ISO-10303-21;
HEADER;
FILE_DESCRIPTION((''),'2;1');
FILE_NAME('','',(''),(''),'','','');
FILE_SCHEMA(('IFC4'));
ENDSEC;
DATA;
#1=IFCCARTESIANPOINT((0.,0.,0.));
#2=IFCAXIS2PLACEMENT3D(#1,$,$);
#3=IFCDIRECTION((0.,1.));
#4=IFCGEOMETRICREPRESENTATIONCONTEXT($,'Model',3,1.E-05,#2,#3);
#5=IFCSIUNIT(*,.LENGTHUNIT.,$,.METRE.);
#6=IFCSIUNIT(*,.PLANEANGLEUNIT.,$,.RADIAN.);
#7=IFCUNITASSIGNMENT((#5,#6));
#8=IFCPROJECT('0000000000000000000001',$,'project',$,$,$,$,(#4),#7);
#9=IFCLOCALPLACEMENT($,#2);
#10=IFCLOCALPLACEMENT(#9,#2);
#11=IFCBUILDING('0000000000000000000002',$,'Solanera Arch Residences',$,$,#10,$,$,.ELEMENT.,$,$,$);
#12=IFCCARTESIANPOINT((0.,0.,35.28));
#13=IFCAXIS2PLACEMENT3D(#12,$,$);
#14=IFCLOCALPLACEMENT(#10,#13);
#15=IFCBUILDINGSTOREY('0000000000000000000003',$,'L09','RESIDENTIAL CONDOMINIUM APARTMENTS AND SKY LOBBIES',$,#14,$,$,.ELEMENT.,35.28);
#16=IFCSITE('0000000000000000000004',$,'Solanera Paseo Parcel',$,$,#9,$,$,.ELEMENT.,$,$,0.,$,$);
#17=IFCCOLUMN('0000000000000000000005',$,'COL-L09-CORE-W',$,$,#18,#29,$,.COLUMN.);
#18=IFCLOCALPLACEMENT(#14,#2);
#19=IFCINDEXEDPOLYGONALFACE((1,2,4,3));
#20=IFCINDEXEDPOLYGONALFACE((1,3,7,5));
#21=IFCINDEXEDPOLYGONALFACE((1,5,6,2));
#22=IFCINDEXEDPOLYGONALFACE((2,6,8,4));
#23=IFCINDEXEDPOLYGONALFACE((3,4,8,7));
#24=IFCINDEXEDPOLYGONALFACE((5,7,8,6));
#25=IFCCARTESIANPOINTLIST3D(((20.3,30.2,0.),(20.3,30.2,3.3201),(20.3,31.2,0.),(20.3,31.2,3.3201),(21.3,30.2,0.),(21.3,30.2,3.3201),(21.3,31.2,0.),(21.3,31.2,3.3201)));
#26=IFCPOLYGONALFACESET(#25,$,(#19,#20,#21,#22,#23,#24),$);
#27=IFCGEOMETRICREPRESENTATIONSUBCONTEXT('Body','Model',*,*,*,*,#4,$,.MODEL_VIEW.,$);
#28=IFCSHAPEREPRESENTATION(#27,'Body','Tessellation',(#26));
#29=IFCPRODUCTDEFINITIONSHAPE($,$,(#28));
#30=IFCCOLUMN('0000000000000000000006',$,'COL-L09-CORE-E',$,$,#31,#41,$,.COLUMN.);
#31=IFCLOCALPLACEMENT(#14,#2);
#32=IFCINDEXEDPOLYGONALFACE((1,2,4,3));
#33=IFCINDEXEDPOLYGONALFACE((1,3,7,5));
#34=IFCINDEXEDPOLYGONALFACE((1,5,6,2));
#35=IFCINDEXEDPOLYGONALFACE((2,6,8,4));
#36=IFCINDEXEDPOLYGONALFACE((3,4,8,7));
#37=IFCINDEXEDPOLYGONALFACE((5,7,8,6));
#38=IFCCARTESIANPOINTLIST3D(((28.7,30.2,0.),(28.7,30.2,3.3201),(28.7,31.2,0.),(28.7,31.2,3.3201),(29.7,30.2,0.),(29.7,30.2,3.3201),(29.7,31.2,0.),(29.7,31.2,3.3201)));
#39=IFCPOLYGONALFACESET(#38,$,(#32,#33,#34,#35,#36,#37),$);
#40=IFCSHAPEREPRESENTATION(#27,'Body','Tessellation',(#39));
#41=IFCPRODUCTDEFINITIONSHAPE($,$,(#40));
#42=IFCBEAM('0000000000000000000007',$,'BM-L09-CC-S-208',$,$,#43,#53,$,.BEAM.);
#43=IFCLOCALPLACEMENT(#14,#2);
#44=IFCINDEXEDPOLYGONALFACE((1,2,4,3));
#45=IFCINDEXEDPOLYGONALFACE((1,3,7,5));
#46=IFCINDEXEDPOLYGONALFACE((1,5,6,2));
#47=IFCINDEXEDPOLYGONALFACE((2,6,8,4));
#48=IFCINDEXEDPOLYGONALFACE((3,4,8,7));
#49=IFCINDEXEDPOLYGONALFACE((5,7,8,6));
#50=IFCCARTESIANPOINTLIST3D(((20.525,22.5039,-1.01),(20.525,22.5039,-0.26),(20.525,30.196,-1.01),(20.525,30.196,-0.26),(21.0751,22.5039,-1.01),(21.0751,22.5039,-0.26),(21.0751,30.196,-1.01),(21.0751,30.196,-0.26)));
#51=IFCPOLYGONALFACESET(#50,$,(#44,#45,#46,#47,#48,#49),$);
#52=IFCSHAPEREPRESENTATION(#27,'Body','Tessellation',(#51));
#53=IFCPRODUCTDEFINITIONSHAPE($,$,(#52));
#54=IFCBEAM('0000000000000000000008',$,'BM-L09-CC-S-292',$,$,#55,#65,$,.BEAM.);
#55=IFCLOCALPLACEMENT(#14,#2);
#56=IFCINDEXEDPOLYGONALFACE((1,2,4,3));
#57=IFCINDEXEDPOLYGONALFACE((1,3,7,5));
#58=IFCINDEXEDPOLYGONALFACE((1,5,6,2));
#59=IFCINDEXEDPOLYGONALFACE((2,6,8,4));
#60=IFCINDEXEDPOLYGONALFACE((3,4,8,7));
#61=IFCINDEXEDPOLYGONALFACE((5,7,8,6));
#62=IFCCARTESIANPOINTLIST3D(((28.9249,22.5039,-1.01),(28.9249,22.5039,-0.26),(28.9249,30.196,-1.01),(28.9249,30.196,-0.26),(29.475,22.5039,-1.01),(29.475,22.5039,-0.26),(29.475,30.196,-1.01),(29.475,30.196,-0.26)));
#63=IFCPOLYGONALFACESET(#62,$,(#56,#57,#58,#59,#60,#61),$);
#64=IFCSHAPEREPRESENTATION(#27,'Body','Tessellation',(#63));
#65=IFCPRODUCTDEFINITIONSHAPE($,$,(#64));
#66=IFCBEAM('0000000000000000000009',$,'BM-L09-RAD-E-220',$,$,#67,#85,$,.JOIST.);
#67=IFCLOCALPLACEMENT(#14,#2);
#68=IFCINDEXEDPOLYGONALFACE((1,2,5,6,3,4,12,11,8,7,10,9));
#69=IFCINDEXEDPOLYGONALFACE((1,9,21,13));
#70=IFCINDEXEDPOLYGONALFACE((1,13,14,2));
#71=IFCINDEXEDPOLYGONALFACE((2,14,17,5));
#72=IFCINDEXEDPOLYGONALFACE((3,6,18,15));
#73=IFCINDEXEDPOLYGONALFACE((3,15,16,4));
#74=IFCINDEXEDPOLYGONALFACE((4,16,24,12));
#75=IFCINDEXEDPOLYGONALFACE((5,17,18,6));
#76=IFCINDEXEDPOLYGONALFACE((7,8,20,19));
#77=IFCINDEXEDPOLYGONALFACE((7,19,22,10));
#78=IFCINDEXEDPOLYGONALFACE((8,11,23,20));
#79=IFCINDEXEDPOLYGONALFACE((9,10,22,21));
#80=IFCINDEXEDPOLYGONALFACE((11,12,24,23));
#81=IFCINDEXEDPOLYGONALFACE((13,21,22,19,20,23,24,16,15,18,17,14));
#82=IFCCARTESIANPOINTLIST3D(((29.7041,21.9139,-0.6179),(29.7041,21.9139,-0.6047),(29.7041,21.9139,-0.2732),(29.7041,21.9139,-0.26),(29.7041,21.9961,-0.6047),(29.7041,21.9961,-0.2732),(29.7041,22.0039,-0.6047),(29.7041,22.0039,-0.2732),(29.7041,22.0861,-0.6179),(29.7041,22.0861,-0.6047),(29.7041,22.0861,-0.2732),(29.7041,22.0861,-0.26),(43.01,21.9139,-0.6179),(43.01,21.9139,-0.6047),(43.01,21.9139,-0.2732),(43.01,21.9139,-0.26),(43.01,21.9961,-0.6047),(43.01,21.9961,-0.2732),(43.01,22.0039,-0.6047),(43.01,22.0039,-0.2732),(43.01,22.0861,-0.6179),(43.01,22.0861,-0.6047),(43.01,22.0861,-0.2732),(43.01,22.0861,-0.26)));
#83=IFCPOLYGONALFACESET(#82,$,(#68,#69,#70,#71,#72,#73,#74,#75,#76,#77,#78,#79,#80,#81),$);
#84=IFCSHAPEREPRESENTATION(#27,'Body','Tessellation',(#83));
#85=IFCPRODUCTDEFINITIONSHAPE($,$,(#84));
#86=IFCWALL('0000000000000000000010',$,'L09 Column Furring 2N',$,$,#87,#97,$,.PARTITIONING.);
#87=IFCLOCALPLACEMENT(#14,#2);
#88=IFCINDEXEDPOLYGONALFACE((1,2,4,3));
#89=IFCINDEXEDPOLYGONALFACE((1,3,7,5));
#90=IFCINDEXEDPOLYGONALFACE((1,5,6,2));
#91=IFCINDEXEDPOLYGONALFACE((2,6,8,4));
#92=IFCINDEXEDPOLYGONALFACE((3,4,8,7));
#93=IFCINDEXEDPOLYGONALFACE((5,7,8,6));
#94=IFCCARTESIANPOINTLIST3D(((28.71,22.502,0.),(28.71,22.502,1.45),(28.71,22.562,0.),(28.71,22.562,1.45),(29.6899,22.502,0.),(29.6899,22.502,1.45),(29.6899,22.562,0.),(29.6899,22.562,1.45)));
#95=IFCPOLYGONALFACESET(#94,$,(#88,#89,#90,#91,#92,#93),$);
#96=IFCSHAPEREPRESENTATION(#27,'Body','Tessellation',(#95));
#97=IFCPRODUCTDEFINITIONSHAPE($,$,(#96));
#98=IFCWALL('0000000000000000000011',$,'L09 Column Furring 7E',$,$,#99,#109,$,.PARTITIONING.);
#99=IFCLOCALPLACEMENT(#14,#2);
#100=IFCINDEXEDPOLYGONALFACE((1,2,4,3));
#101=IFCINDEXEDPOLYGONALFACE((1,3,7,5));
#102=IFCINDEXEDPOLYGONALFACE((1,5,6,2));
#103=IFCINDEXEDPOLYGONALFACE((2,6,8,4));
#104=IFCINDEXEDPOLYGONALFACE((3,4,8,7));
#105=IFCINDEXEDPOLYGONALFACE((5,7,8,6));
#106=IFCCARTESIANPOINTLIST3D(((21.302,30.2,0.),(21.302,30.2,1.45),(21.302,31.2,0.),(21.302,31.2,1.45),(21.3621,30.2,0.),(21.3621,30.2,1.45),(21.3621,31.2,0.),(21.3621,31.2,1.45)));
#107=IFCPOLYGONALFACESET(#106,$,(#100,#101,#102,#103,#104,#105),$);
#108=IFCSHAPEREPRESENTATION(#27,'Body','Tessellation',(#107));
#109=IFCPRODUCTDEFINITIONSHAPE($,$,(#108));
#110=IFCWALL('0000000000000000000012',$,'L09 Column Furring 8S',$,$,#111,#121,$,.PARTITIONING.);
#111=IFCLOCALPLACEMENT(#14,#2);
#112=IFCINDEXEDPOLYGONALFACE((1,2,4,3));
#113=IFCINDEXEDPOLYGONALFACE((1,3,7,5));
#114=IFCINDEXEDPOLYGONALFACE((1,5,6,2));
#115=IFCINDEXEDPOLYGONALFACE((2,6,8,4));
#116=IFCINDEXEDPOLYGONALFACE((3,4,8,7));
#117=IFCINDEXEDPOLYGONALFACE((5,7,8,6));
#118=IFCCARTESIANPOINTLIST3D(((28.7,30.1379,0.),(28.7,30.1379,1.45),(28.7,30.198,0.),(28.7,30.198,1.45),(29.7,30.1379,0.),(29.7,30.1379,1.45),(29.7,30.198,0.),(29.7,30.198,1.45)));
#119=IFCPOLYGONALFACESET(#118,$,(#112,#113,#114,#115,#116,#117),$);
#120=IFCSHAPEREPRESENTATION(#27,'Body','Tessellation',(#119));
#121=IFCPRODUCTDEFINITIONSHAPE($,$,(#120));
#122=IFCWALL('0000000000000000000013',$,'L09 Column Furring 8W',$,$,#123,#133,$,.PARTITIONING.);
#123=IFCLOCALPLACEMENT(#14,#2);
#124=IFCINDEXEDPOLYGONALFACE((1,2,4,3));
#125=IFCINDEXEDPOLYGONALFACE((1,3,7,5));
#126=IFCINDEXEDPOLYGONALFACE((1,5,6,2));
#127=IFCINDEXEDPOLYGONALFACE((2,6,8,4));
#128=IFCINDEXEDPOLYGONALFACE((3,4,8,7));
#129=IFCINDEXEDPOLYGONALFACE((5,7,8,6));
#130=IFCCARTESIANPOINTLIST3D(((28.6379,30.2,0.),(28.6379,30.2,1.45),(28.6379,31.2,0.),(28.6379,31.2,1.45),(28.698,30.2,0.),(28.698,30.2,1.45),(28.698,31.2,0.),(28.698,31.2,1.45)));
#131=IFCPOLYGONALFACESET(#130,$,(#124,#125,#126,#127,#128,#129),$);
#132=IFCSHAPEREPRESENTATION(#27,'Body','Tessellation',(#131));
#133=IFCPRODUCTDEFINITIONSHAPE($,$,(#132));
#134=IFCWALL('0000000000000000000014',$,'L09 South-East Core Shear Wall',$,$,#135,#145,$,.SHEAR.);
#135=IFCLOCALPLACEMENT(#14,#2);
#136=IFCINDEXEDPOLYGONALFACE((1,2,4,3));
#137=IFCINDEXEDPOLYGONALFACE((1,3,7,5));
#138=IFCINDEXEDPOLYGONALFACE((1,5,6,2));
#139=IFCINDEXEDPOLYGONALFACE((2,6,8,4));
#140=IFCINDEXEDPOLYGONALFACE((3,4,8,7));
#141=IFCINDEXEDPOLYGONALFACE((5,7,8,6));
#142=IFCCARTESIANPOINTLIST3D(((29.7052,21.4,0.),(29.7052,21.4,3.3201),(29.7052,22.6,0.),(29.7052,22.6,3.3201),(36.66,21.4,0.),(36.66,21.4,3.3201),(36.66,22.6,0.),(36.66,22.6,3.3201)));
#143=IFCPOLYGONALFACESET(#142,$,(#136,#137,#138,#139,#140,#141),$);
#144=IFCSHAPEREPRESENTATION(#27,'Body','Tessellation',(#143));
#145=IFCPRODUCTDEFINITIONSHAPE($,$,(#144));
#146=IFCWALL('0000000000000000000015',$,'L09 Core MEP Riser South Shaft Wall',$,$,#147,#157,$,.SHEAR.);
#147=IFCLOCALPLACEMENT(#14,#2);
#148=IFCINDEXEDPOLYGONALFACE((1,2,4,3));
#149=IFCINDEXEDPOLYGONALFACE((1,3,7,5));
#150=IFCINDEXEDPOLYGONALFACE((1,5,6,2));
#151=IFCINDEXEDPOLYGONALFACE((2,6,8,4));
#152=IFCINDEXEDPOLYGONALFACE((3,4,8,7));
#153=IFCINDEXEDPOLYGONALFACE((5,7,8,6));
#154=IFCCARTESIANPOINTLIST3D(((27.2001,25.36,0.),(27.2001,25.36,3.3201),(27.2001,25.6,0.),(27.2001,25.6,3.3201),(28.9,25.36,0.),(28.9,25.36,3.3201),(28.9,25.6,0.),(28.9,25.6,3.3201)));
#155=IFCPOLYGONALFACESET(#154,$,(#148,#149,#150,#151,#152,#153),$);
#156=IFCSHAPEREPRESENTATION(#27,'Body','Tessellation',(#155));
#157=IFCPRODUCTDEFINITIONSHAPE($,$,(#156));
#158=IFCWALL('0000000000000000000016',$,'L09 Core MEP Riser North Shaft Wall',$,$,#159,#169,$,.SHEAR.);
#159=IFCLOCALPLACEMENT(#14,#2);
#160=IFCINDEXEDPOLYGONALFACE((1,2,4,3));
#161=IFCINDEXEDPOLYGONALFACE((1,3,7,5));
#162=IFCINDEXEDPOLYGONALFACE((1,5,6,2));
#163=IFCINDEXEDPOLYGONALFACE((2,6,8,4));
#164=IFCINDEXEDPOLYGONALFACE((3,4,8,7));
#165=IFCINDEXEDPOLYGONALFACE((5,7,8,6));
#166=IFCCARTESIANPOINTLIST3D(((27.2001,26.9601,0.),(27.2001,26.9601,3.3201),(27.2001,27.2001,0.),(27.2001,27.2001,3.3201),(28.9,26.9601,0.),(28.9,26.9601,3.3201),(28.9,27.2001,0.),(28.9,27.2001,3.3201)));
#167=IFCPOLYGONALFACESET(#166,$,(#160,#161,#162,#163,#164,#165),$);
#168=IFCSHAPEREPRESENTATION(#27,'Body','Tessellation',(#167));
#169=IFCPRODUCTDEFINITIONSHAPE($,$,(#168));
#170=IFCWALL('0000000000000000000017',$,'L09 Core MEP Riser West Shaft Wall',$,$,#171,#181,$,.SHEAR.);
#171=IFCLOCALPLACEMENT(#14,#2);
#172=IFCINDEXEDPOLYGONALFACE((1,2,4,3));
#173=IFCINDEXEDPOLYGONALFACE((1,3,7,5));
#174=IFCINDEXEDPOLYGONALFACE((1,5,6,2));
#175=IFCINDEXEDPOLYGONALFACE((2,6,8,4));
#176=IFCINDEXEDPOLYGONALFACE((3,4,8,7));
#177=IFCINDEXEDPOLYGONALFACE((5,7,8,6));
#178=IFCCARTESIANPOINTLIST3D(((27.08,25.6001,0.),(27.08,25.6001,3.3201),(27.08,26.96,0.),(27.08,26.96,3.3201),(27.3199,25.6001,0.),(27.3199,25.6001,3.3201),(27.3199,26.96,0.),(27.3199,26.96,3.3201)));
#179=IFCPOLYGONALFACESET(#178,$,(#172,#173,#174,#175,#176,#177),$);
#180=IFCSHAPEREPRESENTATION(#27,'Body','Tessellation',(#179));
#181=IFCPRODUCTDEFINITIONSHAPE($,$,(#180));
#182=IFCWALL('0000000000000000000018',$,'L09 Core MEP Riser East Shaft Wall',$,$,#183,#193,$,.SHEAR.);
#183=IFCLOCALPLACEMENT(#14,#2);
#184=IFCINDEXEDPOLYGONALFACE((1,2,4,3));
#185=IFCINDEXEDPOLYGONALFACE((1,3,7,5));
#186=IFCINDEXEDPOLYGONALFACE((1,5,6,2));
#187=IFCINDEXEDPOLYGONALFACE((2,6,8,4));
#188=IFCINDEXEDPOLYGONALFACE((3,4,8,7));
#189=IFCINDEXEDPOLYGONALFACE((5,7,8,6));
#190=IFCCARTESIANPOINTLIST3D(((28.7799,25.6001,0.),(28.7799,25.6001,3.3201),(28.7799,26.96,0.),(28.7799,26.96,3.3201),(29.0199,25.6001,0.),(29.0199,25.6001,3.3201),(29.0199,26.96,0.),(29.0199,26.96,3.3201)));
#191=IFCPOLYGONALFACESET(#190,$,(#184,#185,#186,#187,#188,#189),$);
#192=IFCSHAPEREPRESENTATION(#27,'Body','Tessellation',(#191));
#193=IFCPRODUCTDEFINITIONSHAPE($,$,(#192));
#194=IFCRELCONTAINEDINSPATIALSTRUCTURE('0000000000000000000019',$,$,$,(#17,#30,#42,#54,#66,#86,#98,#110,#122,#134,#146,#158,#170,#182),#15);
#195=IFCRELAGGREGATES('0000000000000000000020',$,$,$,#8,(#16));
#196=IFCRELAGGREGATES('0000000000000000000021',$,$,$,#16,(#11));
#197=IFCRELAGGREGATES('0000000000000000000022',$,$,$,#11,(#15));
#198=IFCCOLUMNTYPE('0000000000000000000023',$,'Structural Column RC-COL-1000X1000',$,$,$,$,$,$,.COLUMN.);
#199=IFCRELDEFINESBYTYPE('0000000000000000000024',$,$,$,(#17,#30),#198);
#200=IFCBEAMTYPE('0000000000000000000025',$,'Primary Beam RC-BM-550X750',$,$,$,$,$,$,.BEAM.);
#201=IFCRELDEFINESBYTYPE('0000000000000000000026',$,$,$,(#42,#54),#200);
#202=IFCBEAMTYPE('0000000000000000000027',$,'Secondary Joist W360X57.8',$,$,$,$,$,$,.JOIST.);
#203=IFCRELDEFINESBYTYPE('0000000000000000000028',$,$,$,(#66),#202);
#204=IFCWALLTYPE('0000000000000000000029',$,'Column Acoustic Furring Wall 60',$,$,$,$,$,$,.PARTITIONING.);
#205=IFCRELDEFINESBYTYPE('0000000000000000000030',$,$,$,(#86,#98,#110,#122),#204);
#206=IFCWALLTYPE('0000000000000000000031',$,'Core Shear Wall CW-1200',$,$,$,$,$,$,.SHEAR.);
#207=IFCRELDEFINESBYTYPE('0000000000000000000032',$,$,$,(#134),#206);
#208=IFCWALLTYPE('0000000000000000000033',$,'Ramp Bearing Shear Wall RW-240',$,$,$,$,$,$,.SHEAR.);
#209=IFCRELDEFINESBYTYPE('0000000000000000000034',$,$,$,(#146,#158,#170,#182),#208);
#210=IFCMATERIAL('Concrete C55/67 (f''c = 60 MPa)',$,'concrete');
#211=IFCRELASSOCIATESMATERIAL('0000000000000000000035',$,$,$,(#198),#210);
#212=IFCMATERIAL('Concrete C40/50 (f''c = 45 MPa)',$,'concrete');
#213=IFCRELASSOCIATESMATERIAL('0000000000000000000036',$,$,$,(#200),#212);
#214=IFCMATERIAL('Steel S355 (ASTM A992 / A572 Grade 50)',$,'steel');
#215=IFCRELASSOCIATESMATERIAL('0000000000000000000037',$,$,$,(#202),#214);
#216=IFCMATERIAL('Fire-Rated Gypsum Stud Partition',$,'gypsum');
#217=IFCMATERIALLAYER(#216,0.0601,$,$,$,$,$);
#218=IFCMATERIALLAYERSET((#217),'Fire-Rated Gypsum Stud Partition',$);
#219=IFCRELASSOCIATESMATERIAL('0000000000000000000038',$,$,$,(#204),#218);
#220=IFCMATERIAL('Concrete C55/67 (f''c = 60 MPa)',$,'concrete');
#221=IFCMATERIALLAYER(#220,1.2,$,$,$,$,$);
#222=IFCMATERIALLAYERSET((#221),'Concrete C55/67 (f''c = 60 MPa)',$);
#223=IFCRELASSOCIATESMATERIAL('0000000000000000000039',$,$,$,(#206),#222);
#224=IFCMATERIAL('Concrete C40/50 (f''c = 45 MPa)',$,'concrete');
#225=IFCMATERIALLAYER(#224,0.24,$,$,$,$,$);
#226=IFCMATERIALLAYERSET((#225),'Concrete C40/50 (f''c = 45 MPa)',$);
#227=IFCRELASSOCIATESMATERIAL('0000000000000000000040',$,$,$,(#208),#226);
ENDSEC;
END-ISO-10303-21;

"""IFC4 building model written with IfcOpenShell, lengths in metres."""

from ifc_helpers import new_model, si_unit, direction, frame, frame_2d, origin, origin_2d, place, context, subcontext, project, spatial, rectangle, i_section, extrude, material, layer, layer_set, material_profile, profile_set, type_object, element, save


model = new_model("IFC4")

# Units and contexts
model_context = context("Model", 3, precision=1e-05, world=origin(), true_north=direction((0.0, 1.0)))
body_context = subcontext(model_context, "Body", "Model", "MODEL_VIEW")
ifc_project = project(units=[si_unit("LENGTHUNIT", "METRE"), si_unit("PLANEANGLEUNIT", "RADIAN")], contexts=[model_context])

# Site, building, storey
site_placement = place(None, origin())
site = spatial("IfcSite", under=ifc_project, at=site_placement, Name="Solanera Paseo Parcel", CompositionType="ELEMENT", RefElevation=0.0)
building_placement = place(site_placement, origin())
building = spatial("IfcBuilding", under=site, at=building_placement, Name="Solanera Arch Residences", CompositionType="ELEMENT")
storey_placement = place(building_placement, frame((0.0, 0.0, 35.28)))
storey = spatial("IfcBuildingStorey", under=building, at=storey_placement, Name="L09", Description="RESIDENTIAL CONDOMINIUM APARTMENTS AND SKY LOBBIES", CompositionType="ELEMENT", Elevation=35.28)

# Columns
ifc_material_1 = material(Name="Concrete C55/67 (f'c = 60 MPa)", Category="concrete")
ifc_material_profile_1 = material_profile(ifc_material_1, rectangle(XDim=1.0, YDim=1.0, at=origin_2d()))
ifc_profile_set_1 = profile_set([ifc_material_profile_1], Name="Concrete C55/67 (f'c = 60 MPa)")
column_type = type_object("IfcColumnType", Name="Structural Column RC-COL-1000X1000", PredefinedType="COLUMN", material=ifc_profile_set_1)
for number, where, z_axis, x_axis, name in (
    (1, (20.8, 30.7, 0.0), (0.0, 0.0, 1.0), (1.0, 0.0, 0.0), "COL-L09-CORE-W"),
    (2, (29.2, 30.7, 0.0), (0.0, 0.0, 1.0), (1.0, 0.0, 0.0), "COL-L09-CORE-E"),
):
    element("IfcColumn", number, at=place(storey_placement, frame(where, z_axis=z_axis, x_axis=x_axis)), inside=storey, type_object=column_type, Name=name, PredefinedType="COLUMN", context=body_context, shape_type="SweptSolid", body=[
        extrude(rectangle(XDim=1.0, YDim=1.0, at=origin_2d()), origin(), (0.0, 0.0, 1.0), 3.3201),
    ])

# Beams
ifc_material_2 = material(Name="Concrete C40/50 (f'c = 45 MPa)", Category="concrete")
ifc_material_profile_2 = material_profile(ifc_material_2, rectangle(XDim=0.55, YDim=0.75, at=origin_2d()))
ifc_profile_set_2 = profile_set([ifc_material_profile_2], Name="Concrete C40/50 (f'c = 45 MPa)")
beam_type_1 = type_object("IfcBeamType", Name="Primary Beam RC-BM-550X750", PredefinedType="BEAM", material=ifc_profile_set_2)
for number, where, z_axis, x_axis, name in (
    (3, (20.8, 22.5039, -0.635), (0.0, 1.0, 0.0), (-1.0, 0.0, 0.0), "BM-L09-CC-S-208"),
    (4, (29.2, 22.5039, -0.635), (0.0, 1.0, 0.0), (-1.0, 0.0, 0.0), "BM-L09-CC-S-292"),
):
    element("IfcBeam", number, at=place(storey_placement, frame(where, z_axis=z_axis, x_axis=x_axis)), inside=storey, type_object=beam_type_1, Name=name, PredefinedType="BEAM", context=body_context, shape_type="SweptSolid", body=[
        extrude(rectangle(XDim=0.55, YDim=0.75, at=origin_2d()), origin(), (0.0, 0.0, 1.0), 7.6921),
    ])
ifc_material_3 = material(Name="Steel S355 (ASTM A992 / A572 Grade 50)", Category="steel")
ifc_material_profile_3 = material_profile(ifc_material_3, i_section(OverallWidth=0.1721, OverallDepth=0.3579, WebThickness=0.0078, FlangeThickness=0.0132, at=origin_2d()))
ifc_profile_set_3 = profile_set([ifc_material_profile_3], Name="Steel S355 (ASTM A992 / A572 Grade 50)")
beam_type_2 = type_object("IfcBeamType", Name="Secondary Joist W360X57.8", PredefinedType="JOIST", material=ifc_profile_set_3)
beam_placement = place(storey_placement, frame((29.7041, 22.0, -0.439), z_axis=(1.0, 0.0, 0.0), x_axis=(0.0, 1.0, 0.0)))
element("IfcBeam", 5, at=beam_placement, inside=storey, type_object=beam_type_2, Name="BM-L09-RAD-E-220", PredefinedType="JOIST", context=body_context, shape_type="SweptSolid", body=[
    extrude(i_section(OverallWidth=0.1721, OverallDepth=0.3579, WebThickness=0.0078, FlangeThickness=0.0132, at=origin_2d()), origin(), (0.0, 0.0, 1.0), 13.3059),
])

# Walls
ifc_material_4 = material(Name="Fire-Rated Gypsum Stud Partition", Category="gypsum")
ifc_layer_1 = layer(ifc_material_4, 0.0601)
ifc_layer_set_1 = layer_set([ifc_layer_1], Name="Fire-Rated Gypsum Stud Partition")
wall_type_1 = type_object("IfcWallType", Name="Column Acoustic Furring Wall 60", PredefinedType="PARTITIONING", material=ifc_layer_set_1)
wall_1_placement = place(storey_placement, frame((28.71, 22.532, 0.0), z_axis=(0.0, 0.0, 1.0), x_axis=(1.0, 0.0, 0.0)))
element("IfcWall", 6, at=wall_1_placement, inside=storey, type_object=wall_type_1, Name="L09 Column Furring 2N", PredefinedType="PARTITIONING", context=body_context, shape_type="SweptSolid", body=[
    extrude(rectangle(XDim=0.98, YDim=0.0601, at=frame_2d((0.49, 0.0))), origin(), (0.0, 0.0, 1.0), 1.45),
])
for number, where, z_axis, x_axis, name in (
    (7, (21.332, 30.2, 0.0), (0.0, 0.0, 1.0), (0.0, 1.0, 0.0), "L09 Column Furring 7E"),
    (8, (28.7, 30.168, 0.0), (0.0, 0.0, 1.0), (1.0, 0.0, 0.0), "L09 Column Furring 8S"),
    (9, (28.668, 30.2, 0.0), (0.0, 0.0, 1.0), (0.0, 1.0, 0.0), "L09 Column Furring 8W"),
):
    element("IfcWall", number, at=place(storey_placement, frame(where, z_axis=z_axis, x_axis=x_axis)), inside=storey, type_object=wall_type_1, Name=name, PredefinedType="PARTITIONING", context=body_context, shape_type="SweptSolid", body=[
        extrude(rectangle(XDim=1.0, YDim=0.0601, at=frame_2d((0.5, 0.0))), origin(), (0.0, 0.0, 1.0), 1.45),
    ])
ifc_material_5 = material(Name="Concrete C55/67 (f'c = 60 MPa)", Category="concrete")
ifc_layer_2 = layer(ifc_material_5, 1.2)
ifc_layer_set_2 = layer_set([ifc_layer_2], Name="Concrete C55/67 (f'c = 60 MPa)")
wall_type_2 = type_object("IfcWallType", Name="Core Shear Wall CW-1200", PredefinedType="SHEAR", material=ifc_layer_set_2)
wall_2_placement = place(storey_placement, frame((29.7051, 22.0, 0.0), z_axis=(0.0, 0.0, 1.0), x_axis=(1.0, 0.0, 0.0)))
element("IfcWall", 10, at=wall_2_placement, inside=storey, type_object=wall_type_2, Name="L09 South-East Core Shear Wall", PredefinedType="SHEAR", context=body_context, shape_type="SweptSolid", body=[
    extrude(rectangle(XDim=6.9548, YDim=1.2, at=frame_2d((3.4775, 0.0))), origin(), (0.0, 0.0, 1.0), 3.3201),
])
ifc_material_6 = material(Name="Concrete C40/50 (f'c = 45 MPa)", Category="concrete")
ifc_layer_3 = layer(ifc_material_6, 0.24)
ifc_layer_set_3 = layer_set([ifc_layer_3], Name="Concrete C40/50 (f'c = 45 MPa)")
wall_type_3 = type_object("IfcWallType", Name="Ramp Bearing Shear Wall RW-240", PredefinedType="SHEAR", material=ifc_layer_set_3)
for number, where, z_axis, x_axis, name in (
    (11, (27.2, 25.48, 0.0), (0.0, 0.0, 1.0), (1.0, 0.0, 0.0), "L09 Core MEP Riser South Shaft Wall"),
    (12, (27.2, 27.0801, 0.0), (0.0, 0.0, 1.0), (1.0, 0.0, 0.0), "L09 Core MEP Riser North Shaft Wall"),
):
    element("IfcWall", number, at=place(storey_placement, frame(where, z_axis=z_axis, x_axis=x_axis)), inside=storey, type_object=wall_type_3, Name=name, PredefinedType="SHEAR", context=body_context, shape_type="SweptSolid", body=[
        extrude(rectangle(XDim=1.7, YDim=0.24, at=frame_2d((0.8501, 0.0))), origin(), (0.0, 0.0, 1.0), 3.3201),
    ])
for number, where, z_axis, x_axis, name in (
    (13, (27.2, 25.6001, 0.0), (0.0, 0.0, 1.0), (0.0, 1.0, 0.0), "L09 Core MEP Riser West Shaft Wall"),
    (14, (28.8999, 25.6001, 0.0), (0.0, 0.0, 1.0), (0.0, 1.0, 0.0), "L09 Core MEP Riser East Shaft Wall"),
):
    element("IfcWall", number, at=place(storey_placement, frame(where, z_axis=z_axis, x_axis=x_axis)), inside=storey, type_object=wall_type_3, Name=name, PredefinedType="SHEAR", context=body_context, shape_type="SweptSolid", body=[
        extrude(rectangle(XDim=1.3599, YDim=0.24, at=frame_2d((0.6799, 0.0))), origin(), (0.0, 0.0, 1.0), 3.3201),
    ])

save(model, "model.ifc")
